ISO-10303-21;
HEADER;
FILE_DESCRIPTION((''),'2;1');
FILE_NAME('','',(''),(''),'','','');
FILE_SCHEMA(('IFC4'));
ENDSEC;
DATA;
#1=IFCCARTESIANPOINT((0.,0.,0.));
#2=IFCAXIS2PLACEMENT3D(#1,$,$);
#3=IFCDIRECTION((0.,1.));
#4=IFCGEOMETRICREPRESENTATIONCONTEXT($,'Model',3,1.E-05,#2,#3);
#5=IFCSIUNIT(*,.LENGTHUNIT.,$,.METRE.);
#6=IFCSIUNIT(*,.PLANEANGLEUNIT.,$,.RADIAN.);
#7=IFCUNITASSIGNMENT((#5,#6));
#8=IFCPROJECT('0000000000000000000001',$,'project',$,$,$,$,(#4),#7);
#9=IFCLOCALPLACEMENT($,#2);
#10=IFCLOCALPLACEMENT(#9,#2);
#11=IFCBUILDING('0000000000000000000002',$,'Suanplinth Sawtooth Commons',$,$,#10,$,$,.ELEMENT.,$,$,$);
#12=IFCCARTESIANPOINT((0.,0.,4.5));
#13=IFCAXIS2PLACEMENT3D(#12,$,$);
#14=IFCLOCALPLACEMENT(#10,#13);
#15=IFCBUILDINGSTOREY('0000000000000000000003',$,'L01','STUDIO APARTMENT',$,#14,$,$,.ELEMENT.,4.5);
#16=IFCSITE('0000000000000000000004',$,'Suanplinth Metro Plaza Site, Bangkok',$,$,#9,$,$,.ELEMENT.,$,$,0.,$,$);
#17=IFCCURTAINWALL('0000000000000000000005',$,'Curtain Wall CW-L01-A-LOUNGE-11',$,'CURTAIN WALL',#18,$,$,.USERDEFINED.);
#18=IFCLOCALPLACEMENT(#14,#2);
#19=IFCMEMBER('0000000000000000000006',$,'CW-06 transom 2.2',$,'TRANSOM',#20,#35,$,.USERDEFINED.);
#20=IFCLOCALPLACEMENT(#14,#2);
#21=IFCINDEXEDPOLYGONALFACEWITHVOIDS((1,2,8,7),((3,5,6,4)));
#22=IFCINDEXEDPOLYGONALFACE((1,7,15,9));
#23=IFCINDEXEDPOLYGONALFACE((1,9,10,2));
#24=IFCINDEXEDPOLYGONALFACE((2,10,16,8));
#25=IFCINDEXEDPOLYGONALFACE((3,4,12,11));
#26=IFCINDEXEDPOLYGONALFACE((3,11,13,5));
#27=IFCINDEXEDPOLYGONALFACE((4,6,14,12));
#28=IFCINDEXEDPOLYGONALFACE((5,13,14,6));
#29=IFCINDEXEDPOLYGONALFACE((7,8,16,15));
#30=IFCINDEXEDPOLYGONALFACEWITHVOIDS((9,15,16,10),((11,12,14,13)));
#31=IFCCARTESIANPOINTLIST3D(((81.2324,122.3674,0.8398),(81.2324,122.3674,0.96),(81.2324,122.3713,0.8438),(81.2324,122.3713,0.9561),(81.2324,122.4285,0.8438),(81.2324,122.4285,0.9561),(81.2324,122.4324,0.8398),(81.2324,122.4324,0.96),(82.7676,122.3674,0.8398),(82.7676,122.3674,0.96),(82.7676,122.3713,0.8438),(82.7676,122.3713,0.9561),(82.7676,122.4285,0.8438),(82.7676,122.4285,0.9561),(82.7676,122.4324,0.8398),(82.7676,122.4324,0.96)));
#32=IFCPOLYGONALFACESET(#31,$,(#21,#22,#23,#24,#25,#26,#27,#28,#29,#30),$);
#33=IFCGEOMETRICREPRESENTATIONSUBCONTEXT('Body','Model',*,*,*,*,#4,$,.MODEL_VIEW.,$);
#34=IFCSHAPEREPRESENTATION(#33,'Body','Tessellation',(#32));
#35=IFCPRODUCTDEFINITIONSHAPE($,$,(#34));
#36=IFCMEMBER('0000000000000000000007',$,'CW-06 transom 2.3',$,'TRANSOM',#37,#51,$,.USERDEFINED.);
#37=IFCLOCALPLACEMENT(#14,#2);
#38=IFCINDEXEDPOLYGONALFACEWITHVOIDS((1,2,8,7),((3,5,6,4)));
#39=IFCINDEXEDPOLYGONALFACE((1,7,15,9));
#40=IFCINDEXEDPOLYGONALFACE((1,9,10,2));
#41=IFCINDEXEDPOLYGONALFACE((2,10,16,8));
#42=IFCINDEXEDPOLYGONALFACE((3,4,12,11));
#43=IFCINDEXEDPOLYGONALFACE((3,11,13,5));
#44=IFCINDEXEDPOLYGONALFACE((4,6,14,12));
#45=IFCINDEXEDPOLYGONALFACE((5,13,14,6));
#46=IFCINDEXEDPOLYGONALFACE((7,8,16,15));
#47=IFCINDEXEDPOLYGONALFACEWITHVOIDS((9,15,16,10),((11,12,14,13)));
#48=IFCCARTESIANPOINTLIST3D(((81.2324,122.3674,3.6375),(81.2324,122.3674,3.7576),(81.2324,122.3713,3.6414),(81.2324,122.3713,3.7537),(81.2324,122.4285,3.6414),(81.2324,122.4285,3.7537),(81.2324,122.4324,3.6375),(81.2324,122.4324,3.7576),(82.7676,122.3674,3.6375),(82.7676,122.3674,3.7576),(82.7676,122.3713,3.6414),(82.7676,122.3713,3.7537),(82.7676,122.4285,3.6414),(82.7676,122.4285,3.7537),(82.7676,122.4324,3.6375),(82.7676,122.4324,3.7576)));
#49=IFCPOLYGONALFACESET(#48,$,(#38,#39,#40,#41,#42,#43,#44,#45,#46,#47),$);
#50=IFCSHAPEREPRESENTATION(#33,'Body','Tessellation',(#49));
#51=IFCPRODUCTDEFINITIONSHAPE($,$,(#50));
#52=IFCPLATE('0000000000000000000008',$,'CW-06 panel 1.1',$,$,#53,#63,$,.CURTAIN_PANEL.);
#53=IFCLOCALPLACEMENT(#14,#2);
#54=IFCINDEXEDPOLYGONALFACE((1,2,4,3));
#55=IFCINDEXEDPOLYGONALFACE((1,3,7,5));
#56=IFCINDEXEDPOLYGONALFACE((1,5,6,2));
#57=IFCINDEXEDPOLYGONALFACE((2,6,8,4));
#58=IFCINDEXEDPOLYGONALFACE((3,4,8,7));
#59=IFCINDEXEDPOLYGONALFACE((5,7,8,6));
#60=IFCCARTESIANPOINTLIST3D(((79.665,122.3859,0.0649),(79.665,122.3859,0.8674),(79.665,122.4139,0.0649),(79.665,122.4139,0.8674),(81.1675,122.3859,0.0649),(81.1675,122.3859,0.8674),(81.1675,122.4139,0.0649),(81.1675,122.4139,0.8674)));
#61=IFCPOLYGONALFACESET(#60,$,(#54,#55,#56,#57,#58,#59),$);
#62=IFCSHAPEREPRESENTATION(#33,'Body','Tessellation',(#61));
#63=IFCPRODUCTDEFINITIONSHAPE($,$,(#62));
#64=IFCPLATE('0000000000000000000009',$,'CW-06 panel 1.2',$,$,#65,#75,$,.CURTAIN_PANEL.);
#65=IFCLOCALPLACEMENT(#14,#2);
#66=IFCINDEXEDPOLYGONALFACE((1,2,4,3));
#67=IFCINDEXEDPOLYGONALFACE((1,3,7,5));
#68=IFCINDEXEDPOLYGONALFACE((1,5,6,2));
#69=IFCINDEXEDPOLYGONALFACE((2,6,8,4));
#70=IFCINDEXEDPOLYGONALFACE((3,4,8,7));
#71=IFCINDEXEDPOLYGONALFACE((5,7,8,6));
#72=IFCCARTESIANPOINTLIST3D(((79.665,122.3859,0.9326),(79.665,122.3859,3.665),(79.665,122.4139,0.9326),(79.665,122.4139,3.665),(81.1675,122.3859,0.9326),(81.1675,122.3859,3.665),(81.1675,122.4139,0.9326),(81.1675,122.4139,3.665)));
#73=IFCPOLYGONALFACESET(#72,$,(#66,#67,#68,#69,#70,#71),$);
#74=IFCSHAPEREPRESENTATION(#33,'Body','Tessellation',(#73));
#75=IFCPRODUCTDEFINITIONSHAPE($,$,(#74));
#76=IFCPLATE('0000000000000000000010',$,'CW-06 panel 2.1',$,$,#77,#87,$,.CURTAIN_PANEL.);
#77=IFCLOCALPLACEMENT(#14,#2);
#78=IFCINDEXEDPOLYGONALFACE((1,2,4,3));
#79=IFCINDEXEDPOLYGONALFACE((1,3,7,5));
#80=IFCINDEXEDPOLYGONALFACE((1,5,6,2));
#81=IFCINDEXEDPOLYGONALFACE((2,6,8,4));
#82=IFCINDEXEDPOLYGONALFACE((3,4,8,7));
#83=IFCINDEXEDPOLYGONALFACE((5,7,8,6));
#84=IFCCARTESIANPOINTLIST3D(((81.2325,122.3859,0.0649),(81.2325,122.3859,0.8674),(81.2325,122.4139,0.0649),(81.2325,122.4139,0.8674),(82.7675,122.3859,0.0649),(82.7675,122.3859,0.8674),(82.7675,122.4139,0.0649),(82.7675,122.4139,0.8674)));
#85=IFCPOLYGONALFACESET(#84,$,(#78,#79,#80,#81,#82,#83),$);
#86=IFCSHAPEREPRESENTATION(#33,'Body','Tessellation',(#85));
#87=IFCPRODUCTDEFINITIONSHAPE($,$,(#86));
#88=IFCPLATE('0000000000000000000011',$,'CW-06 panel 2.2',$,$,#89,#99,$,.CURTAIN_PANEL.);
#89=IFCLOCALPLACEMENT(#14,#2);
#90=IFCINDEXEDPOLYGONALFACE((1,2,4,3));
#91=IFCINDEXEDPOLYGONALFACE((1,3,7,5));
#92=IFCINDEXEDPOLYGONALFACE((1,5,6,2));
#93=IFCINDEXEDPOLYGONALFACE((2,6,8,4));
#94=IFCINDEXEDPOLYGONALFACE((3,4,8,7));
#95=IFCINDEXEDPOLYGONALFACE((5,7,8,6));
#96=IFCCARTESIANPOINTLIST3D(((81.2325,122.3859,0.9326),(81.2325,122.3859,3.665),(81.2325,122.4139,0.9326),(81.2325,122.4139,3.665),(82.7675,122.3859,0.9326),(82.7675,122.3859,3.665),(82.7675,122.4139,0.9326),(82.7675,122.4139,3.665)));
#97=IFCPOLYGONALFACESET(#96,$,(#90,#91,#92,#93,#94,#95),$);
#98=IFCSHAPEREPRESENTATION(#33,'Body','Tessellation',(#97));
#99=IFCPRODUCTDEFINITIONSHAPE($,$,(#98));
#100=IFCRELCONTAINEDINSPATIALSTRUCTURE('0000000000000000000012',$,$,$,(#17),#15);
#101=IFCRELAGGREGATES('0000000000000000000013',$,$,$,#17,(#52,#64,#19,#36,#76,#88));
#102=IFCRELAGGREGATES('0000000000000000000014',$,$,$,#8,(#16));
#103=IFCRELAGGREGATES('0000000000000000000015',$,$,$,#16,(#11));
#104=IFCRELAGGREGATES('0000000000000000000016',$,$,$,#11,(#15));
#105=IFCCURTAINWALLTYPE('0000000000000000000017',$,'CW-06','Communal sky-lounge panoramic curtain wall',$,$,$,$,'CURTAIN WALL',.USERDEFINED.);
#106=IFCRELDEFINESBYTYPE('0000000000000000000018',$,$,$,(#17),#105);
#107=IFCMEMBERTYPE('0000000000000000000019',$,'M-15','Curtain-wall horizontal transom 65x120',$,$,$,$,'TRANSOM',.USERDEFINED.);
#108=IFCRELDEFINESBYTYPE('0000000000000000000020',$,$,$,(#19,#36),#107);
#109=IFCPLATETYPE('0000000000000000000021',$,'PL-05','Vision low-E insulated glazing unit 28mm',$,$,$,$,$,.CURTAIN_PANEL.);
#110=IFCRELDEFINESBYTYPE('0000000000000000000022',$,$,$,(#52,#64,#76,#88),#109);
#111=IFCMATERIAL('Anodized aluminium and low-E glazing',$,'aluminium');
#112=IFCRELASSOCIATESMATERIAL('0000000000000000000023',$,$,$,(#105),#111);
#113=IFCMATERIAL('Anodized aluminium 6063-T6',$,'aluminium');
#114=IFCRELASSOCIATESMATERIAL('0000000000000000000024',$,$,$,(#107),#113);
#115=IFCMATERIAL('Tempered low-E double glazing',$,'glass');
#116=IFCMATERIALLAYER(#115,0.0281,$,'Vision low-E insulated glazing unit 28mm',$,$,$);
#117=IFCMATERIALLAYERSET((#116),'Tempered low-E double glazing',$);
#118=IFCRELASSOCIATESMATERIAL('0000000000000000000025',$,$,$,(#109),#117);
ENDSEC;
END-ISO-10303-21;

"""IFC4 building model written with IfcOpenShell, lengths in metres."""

from ifc_helpers import new_model, si_unit, direction, frame, origin, origin_2d, place, context, subcontext, project, spatial, rectangle, hollow_rectangle, extrude, material, layer, layer_set, material_profile, profile_set, type_object, element, aggregate, save


model = new_model("IFC4")

# Units and contexts
model_context = context("Model", 3, precision=1e-05, world=origin(), true_north=direction((0.0, 1.0)))
body_context = subcontext(model_context, "Body", "Model", "MODEL_VIEW")
ifc_project = project(units=[si_unit("LENGTHUNIT", "METRE"), si_unit("PLANEANGLEUNIT", "RADIAN")], contexts=[model_context])

# Site, building, storey
site_placement = place(None, origin())
site = spatial("IfcSite", under=ifc_project, at=site_placement, Name="Suanplinth Metro Plaza Site, Bangkok", CompositionType="ELEMENT", RefElevation=0.0)
building_placement = place(site_placement, origin())
building = spatial("IfcBuilding", under=site, at=building_placement, Name="Suanplinth Sawtooth Commons", CompositionType="ELEMENT")
storey_placement = place(building_placement, frame((0.0, 0.0, 4.5)))
storey = spatial("IfcBuildingStorey", under=building, at=storey_placement, Name="L01", Description="STUDIO APARTMENT", CompositionType="ELEMENT", Elevation=4.5)

# Curtain wall, members, plates
ifc_material_1 = material(Name="Anodized aluminium and low-E glazing", Category="aluminium")
curtain_wall_type = type_object("IfcCurtainWallType", Name="CW-06", Description="Communal sky-lounge panoramic curtain wall", ElementType="CURTAIN WALL", PredefinedType="USERDEFINED", material=ifc_material_1)
curtain_wall_placement = place(storey_placement, origin())
curtain_wall = element("IfcCurtainWall", 1, at=curtain_wall_placement, inside=storey, type_object=curtain_wall_type, Name="Curtain Wall CW-L01-A-LOUNGE-11", ObjectType="CURTAIN WALL", PredefinedType="USERDEFINED")
ifc_material_2 = material(Name="Anodized aluminium 6063-T6", Category="aluminium")
ifc_material_profile_1 = material_profile(ifc_material_2, hollow_rectangle(XDim=0.0649, YDim=0.1201, WallThickness=0.0039, at=origin_2d()), Name="ALU-TRN 65x120")
ifc_profile_set_1 = profile_set([ifc_material_profile_1], Name="Anodized aluminium 6063-T6")
member_type_1 = type_object("IfcMemberType", Name="M-15", Description="Curtain-wall horizontal transom 65x120", ElementType="TRANSOM", PredefinedType="USERDEFINED", material=ifc_profile_set_1)
member_1_placement = place(storey_placement, frame((81.2324, 122.3999, 0.8999), z_axis=(1.0, 0.0, 0.0), x_axis=(0.0, 1.0, 0.0)))
member_1 = element("IfcMember", 2, at=member_1_placement, type_object=member_type_1, Name="CW-06 transom 2.2", ObjectType="TRANSOM", PredefinedType="USERDEFINED", context=body_context, shape_type="SweptSolid", body=[
    extrude(hollow_rectangle(XDim=0.0649, YDim=0.1201, WallThickness=0.0039, at=origin_2d()), origin(), (0.0, 0.0, 1.0), 1.5352),
])
member_2_placement = place(storey_placement, frame((81.2324, 122.3999, 3.6975), z_axis=(1.0, 0.0, 0.0), x_axis=(0.0, 1.0, 0.0)))
member_2 = element("IfcMember", 3, at=member_2_placement, type_object=member_type_1, Name="CW-06 transom 2.3", ObjectType="TRANSOM", PredefinedType="USERDEFINED", context=body_context, shape_type="SweptSolid", body=[
    extrude(hollow_rectangle(XDim=0.0649, YDim=0.1201, WallThickness=0.0039, at=origin_2d()), origin(), (0.0, 0.0, 1.0), 1.5352),
])
ifc_material_3 = material(Name="Tempered low-E double glazing", Category="glass")
ifc_layer_1 = layer(ifc_material_3, 0.0281, Name="Vision low-E insulated glazing unit 28mm")
ifc_layer_set_1 = layer_set([ifc_layer_1], Name="Tempered low-E double glazing")
plate_type = type_object("IfcPlateType", Name="PL-05", Description="Vision low-E insulated glazing unit 28mm", PredefinedType="CURTAIN_PANEL", material=ifc_layer_set_1)
plate_1_placement = place(storey_placement, frame((80.4163, 122.3999, 0.0649), z_axis=(0.0, 0.0, 1.0), x_axis=(1.0, 0.0, 0.0)))
plate_1 = element("IfcPlate", 4, at=plate_1_placement, type_object=plate_type, Name="CW-06 panel 1.1", PredefinedType="CURTAIN_PANEL", context=body_context, shape_type="SweptSolid", body=[
    extrude(rectangle(XDim=1.5024, YDim=0.0281, at=origin_2d()), origin(), (0.0, 0.0, 1.0), 0.8025),
])
plate_2_placement = place(storey_placement, frame((80.4163, 122.3999, 0.9326), z_axis=(0.0, 0.0, 1.0), x_axis=(1.0, 0.0, 0.0)))
plate_2 = element("IfcPlate", 5, at=plate_2_placement, type_object=plate_type, Name="CW-06 panel 1.2", PredefinedType="CURTAIN_PANEL", context=body_context, shape_type="SweptSolid", body=[
    extrude(rectangle(XDim=1.5024, YDim=0.0281, at=origin_2d()), origin(), (0.0, 0.0, 1.0), 2.7324),
])
plate_3_placement = place(storey_placement, frame((82.0, 122.3999, 0.0649), z_axis=(0.0, 0.0, 1.0), x_axis=(1.0, 0.0, 0.0)))
plate_3 = element("IfcPlate", 6, at=plate_3_placement, type_object=plate_type, Name="CW-06 panel 2.1", PredefinedType="CURTAIN_PANEL", context=body_context, shape_type="SweptSolid", body=[
    extrude(rectangle(XDim=1.5349, YDim=0.0281, at=origin_2d()), origin(), (0.0, 0.0, 1.0), 0.8025),
])
plate_4_placement = place(storey_placement, frame((82.0, 122.3999, 0.9326), z_axis=(0.0, 0.0, 1.0), x_axis=(1.0, 0.0, 0.0)))
plate_4 = element("IfcPlate", 7, at=plate_4_placement, type_object=plate_type, Name="CW-06 panel 2.2", PredefinedType="CURTAIN_PANEL", context=body_context, shape_type="SweptSolid", body=[
    extrude(rectangle(XDim=1.5349, YDim=0.0281, at=origin_2d()), origin(), (0.0, 0.0, 1.0), 2.7324),
])
aggregate(curtain_wall, [plate_1, plate_2, member_1, member_2, plate_3, plate_4])

save(model, "model.ifc")
